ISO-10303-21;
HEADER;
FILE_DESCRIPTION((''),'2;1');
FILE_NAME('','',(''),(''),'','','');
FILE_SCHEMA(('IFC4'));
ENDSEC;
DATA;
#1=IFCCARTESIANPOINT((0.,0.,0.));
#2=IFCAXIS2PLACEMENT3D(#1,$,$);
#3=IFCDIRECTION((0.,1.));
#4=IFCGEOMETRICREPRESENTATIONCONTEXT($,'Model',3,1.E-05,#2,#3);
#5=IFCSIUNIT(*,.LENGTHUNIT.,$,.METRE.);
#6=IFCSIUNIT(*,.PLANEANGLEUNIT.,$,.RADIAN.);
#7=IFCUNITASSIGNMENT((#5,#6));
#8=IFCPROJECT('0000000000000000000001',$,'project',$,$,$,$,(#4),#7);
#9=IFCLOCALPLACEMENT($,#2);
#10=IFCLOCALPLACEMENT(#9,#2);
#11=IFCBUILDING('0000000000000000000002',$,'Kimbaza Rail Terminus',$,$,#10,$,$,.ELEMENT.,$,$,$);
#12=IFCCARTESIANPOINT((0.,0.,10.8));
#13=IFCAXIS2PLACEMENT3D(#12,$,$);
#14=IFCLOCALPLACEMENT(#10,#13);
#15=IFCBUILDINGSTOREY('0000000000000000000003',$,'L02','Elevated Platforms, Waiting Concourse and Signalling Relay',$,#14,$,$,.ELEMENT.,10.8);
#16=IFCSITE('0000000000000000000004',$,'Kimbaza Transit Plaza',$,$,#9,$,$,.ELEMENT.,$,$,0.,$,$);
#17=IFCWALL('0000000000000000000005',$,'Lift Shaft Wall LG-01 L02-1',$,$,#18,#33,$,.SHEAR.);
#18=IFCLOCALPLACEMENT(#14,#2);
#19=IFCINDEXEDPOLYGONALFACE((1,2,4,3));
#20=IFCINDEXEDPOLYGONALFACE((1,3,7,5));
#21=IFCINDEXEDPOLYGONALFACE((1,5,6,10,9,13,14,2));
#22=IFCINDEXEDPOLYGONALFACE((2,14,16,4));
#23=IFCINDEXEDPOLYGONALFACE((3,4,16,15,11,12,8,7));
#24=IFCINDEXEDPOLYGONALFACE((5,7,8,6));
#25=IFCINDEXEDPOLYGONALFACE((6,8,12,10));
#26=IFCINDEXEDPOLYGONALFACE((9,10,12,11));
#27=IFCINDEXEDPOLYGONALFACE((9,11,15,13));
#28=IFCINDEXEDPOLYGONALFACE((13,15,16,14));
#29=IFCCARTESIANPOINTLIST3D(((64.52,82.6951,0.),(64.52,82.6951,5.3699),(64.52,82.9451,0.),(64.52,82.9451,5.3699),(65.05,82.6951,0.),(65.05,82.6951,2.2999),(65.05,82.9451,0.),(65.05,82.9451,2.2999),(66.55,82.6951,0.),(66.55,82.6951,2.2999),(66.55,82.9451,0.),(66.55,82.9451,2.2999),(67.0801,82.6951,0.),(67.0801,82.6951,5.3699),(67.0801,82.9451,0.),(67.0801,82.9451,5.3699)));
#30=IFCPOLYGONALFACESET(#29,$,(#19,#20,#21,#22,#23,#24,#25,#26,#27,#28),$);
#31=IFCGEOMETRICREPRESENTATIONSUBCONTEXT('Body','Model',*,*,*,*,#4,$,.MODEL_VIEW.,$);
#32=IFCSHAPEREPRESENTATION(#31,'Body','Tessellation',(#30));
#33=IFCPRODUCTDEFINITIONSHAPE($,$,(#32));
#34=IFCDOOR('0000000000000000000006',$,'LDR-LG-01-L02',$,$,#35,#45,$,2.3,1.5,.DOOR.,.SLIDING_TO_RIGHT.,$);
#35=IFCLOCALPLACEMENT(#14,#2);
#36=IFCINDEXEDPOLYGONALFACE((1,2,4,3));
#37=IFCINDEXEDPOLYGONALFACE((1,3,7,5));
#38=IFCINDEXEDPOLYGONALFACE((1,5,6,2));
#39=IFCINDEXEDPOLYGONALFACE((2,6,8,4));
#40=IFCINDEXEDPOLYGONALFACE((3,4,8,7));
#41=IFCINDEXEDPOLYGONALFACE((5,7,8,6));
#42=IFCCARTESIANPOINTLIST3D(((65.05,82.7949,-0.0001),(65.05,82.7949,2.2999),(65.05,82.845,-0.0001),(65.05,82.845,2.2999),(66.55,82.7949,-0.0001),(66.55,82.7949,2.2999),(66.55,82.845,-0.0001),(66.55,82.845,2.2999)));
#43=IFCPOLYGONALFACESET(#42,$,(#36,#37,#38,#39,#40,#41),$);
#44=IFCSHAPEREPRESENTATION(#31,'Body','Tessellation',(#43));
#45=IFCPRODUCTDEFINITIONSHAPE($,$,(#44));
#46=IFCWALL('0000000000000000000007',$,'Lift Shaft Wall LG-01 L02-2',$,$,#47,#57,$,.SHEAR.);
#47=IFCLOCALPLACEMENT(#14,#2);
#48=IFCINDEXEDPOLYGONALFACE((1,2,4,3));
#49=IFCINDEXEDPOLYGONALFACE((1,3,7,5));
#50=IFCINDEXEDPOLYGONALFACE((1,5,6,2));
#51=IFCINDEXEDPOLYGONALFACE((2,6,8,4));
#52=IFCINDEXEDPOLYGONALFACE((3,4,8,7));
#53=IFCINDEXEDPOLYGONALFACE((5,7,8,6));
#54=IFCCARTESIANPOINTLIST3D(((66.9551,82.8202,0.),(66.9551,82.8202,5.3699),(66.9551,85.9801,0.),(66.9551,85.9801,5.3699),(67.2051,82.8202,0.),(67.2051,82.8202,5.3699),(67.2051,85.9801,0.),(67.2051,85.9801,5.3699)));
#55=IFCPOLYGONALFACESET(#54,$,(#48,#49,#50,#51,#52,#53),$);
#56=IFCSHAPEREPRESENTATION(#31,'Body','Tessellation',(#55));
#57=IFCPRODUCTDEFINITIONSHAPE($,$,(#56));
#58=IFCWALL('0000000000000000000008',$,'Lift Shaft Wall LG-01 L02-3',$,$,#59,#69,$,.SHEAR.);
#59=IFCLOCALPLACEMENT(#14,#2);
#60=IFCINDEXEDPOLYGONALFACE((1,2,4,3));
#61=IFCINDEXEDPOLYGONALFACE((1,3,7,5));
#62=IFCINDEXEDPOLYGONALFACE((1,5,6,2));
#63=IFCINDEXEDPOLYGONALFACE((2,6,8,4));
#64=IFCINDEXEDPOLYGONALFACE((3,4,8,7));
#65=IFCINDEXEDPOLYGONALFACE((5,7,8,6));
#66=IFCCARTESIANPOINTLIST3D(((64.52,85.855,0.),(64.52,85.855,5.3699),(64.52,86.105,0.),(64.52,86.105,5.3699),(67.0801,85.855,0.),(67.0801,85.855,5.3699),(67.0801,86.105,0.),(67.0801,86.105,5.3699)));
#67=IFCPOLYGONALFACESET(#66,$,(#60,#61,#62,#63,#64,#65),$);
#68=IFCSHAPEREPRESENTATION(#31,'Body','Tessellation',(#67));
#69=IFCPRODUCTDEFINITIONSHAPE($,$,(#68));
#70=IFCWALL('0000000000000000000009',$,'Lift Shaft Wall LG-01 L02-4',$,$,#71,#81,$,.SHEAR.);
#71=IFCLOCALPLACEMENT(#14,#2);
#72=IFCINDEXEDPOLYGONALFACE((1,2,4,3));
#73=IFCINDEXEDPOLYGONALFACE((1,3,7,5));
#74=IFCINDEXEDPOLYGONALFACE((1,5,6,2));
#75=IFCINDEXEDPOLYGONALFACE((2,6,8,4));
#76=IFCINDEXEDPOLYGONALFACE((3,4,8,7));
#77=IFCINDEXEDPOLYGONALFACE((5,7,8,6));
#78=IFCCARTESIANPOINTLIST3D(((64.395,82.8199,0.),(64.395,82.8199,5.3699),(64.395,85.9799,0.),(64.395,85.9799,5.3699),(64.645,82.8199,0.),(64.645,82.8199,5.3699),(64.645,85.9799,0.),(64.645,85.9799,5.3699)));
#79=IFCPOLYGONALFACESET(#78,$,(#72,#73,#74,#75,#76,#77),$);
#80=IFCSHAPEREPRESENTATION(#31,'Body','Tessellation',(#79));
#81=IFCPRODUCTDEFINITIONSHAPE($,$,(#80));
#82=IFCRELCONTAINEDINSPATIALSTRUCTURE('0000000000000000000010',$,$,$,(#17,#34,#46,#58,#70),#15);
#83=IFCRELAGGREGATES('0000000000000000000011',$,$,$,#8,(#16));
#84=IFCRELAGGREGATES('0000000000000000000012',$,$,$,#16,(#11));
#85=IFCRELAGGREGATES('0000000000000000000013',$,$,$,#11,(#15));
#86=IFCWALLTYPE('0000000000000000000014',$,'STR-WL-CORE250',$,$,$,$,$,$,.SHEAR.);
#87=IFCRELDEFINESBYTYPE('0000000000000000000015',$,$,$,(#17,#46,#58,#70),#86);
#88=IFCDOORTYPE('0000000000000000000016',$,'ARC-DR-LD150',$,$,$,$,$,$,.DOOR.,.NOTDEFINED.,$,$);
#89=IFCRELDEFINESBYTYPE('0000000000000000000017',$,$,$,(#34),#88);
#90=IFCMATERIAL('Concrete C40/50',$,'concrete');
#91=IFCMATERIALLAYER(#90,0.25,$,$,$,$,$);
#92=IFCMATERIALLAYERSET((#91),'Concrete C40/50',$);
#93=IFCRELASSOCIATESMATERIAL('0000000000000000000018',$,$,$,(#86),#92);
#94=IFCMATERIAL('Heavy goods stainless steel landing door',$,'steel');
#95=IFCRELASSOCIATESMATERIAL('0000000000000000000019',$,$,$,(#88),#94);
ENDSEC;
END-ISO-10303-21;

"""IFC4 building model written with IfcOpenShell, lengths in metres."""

from ifc_helpers import new_model, si_unit, direction, frame, frame_2d, origin, place, context, subcontext, project, spatial, rectangle, extrude, material, layer, layer_set, type_object, element, fill, save


model = new_model("IFC4")

# Units and contexts
model_context = context("Model", 3, precision=1e-05, world=origin(), true_north=direction((0.0, 1.0)))
body_context = subcontext(model_context, "Body", "Model", "MODEL_VIEW")
ifc_project = project(units=[si_unit("LENGTHUNIT", "METRE"), si_unit("PLANEANGLEUNIT", "RADIAN")], contexts=[model_context])

# Site, building, storey
site_placement = place(None, origin())
site = spatial("IfcSite", under=ifc_project, at=site_placement, Name="Kimbaza Transit Plaza", CompositionType="ELEMENT", RefElevation=0.0)
building_placement = place(site_placement, origin())
building = spatial("IfcBuilding", under=site, at=building_placement, Name="Kimbaza Rail Terminus", CompositionType="ELEMENT")
storey_placement = place(building_placement, frame((0.0, 0.0, 10.8)))
storey = spatial("IfcBuildingStorey", under=building, at=storey_placement, Name="L02", Description="Elevated Platforms, Waiting Concourse and Signalling Relay", CompositionType="ELEMENT", Elevation=10.8)

# Wall, opening, door
ifc_material_1 = material(Name="Concrete C40/50", Category="concrete")
ifc_layer_1 = layer(ifc_material_1, 0.25)
ifc_layer_set_1 = layer_set([ifc_layer_1], Name="Concrete C40/50")
wall_type = type_object("IfcWallType", Name="STR-WL-CORE250", PredefinedType="SHEAR", material=ifc_layer_set_1)
wall_1_placement = place(storey_placement, frame((64.52, 82.8201, 0.0), z_axis=(0.0, 0.0, 1.0), x_axis=(1.0, 0.0, 0.0)))
wall_1 = element("IfcWall", 1, at=wall_1_placement, inside=storey, type_object=wall_type, Name="Lift Shaft Wall LG-01 L02-1", PredefinedType="SHEAR", context=body_context, shape_type="SweptSolid", body=[
    extrude(rectangle(XDim=2.5601, YDim=0.25, at=frame_2d((1.28, 0.0))), origin(), (0.0, 0.0, 1.0), 5.3699),
])
opening_placement = place(wall_1_placement, frame((0.53, 0.0, 0.0)))
opening = element("IfcOpeningElement", 2, at=opening_placement, cuts=wall_1, PredefinedType="OPENING", context=body_context, shape_type="SweptSolid", body=[
    extrude(rectangle(XDim=1.5, YDim=2.3, at=frame_2d((0.75, 1.1499))), frame((0.0, 0.135, 0.0), z_axis=(0.0, -1.0, 0.0), x_axis=(1.0, 0.0, 0.0)), (0.0, 0.0, 1.0), 0.27),
])
ifc_material_2 = material(Name="Heavy goods stainless steel landing door", Category="steel")
door_type = type_object("IfcDoorType", Name="ARC-DR-LD150", OperationType="NOTDEFINED", PredefinedType="DOOR", material=ifc_material_2)
door_placement = place(opening_placement, origin())
door = element("IfcDoor", 3, at=door_placement, inside=storey, type_object=door_type, Name="LDR-LG-01-L02", OperationType="SLIDING_TO_RIGHT", OverallHeight=2.3, OverallWidth=1.5, PredefinedType="DOOR", context=body_context, shape_type="SweptSolid", body=[
    extrude(rectangle(XDim=1.5, YDim=2.3, at=frame_2d((0.75, 1.1499))), frame((0.0, 0.0249, 0.0), z_axis=(0.0, -1.0, 0.0), x_axis=(1.0, 0.0, 0.0)), (0.0, 0.0, 1.0), 0.05),
])
fill(opening, door)

# Walls
wall_2_placement = place(storey_placement, frame((67.0801, 82.8201, 0.0), z_axis=(0.0, 0.0, 1.0), x_axis=(0.0, 1.0, 0.0)))
element("IfcWall", 4, at=wall_2_placement, inside=storey, type_object=wall_type, Name="Lift Shaft Wall LG-01 L02-2", PredefinedType="SHEAR", context=body_context, shape_type="SweptSolid", body=[
    extrude(rectangle(XDim=3.1599, YDim=0.25, at=frame_2d((1.5801, 0.0))), origin(), (0.0, 0.0, 1.0), 5.3699),
])
wall_3_placement = place(storey_placement, frame((67.0801, 85.98, 0.0), z_axis=(0.0, 0.0, 1.0), x_axis=(-1.0, 0.0, 0.0)))
element("IfcWall", 5, at=wall_3_placement, inside=storey, type_object=wall_type, Name="Lift Shaft Wall LG-01 L02-3", PredefinedType="SHEAR", context=body_context, shape_type="SweptSolid", body=[
    extrude(rectangle(XDim=2.5601, YDim=0.25, at=frame_2d((1.28, 0.0))), origin(), (0.0, 0.0, 1.0), 5.3699),
])
wall_4_placement = place(storey_placement, frame((64.52, 85.98, 0.0), z_axis=(0.0, 0.0, 1.0), x_axis=(0.0, -1.0, 0.0)))
element("IfcWall", 6, at=wall_4_placement, inside=storey, type_object=wall_type, Name="Lift Shaft Wall LG-01 L02-4", PredefinedType="SHEAR", context=body_context, shape_type="SweptSolid", body=[
    extrude(rectangle(XDim=3.1599, YDim=0.25, at=frame_2d((1.5801, 0.0))), origin(), (0.0, 0.0, 1.0), 5.3699),
])

save(model, "model.ifc")
